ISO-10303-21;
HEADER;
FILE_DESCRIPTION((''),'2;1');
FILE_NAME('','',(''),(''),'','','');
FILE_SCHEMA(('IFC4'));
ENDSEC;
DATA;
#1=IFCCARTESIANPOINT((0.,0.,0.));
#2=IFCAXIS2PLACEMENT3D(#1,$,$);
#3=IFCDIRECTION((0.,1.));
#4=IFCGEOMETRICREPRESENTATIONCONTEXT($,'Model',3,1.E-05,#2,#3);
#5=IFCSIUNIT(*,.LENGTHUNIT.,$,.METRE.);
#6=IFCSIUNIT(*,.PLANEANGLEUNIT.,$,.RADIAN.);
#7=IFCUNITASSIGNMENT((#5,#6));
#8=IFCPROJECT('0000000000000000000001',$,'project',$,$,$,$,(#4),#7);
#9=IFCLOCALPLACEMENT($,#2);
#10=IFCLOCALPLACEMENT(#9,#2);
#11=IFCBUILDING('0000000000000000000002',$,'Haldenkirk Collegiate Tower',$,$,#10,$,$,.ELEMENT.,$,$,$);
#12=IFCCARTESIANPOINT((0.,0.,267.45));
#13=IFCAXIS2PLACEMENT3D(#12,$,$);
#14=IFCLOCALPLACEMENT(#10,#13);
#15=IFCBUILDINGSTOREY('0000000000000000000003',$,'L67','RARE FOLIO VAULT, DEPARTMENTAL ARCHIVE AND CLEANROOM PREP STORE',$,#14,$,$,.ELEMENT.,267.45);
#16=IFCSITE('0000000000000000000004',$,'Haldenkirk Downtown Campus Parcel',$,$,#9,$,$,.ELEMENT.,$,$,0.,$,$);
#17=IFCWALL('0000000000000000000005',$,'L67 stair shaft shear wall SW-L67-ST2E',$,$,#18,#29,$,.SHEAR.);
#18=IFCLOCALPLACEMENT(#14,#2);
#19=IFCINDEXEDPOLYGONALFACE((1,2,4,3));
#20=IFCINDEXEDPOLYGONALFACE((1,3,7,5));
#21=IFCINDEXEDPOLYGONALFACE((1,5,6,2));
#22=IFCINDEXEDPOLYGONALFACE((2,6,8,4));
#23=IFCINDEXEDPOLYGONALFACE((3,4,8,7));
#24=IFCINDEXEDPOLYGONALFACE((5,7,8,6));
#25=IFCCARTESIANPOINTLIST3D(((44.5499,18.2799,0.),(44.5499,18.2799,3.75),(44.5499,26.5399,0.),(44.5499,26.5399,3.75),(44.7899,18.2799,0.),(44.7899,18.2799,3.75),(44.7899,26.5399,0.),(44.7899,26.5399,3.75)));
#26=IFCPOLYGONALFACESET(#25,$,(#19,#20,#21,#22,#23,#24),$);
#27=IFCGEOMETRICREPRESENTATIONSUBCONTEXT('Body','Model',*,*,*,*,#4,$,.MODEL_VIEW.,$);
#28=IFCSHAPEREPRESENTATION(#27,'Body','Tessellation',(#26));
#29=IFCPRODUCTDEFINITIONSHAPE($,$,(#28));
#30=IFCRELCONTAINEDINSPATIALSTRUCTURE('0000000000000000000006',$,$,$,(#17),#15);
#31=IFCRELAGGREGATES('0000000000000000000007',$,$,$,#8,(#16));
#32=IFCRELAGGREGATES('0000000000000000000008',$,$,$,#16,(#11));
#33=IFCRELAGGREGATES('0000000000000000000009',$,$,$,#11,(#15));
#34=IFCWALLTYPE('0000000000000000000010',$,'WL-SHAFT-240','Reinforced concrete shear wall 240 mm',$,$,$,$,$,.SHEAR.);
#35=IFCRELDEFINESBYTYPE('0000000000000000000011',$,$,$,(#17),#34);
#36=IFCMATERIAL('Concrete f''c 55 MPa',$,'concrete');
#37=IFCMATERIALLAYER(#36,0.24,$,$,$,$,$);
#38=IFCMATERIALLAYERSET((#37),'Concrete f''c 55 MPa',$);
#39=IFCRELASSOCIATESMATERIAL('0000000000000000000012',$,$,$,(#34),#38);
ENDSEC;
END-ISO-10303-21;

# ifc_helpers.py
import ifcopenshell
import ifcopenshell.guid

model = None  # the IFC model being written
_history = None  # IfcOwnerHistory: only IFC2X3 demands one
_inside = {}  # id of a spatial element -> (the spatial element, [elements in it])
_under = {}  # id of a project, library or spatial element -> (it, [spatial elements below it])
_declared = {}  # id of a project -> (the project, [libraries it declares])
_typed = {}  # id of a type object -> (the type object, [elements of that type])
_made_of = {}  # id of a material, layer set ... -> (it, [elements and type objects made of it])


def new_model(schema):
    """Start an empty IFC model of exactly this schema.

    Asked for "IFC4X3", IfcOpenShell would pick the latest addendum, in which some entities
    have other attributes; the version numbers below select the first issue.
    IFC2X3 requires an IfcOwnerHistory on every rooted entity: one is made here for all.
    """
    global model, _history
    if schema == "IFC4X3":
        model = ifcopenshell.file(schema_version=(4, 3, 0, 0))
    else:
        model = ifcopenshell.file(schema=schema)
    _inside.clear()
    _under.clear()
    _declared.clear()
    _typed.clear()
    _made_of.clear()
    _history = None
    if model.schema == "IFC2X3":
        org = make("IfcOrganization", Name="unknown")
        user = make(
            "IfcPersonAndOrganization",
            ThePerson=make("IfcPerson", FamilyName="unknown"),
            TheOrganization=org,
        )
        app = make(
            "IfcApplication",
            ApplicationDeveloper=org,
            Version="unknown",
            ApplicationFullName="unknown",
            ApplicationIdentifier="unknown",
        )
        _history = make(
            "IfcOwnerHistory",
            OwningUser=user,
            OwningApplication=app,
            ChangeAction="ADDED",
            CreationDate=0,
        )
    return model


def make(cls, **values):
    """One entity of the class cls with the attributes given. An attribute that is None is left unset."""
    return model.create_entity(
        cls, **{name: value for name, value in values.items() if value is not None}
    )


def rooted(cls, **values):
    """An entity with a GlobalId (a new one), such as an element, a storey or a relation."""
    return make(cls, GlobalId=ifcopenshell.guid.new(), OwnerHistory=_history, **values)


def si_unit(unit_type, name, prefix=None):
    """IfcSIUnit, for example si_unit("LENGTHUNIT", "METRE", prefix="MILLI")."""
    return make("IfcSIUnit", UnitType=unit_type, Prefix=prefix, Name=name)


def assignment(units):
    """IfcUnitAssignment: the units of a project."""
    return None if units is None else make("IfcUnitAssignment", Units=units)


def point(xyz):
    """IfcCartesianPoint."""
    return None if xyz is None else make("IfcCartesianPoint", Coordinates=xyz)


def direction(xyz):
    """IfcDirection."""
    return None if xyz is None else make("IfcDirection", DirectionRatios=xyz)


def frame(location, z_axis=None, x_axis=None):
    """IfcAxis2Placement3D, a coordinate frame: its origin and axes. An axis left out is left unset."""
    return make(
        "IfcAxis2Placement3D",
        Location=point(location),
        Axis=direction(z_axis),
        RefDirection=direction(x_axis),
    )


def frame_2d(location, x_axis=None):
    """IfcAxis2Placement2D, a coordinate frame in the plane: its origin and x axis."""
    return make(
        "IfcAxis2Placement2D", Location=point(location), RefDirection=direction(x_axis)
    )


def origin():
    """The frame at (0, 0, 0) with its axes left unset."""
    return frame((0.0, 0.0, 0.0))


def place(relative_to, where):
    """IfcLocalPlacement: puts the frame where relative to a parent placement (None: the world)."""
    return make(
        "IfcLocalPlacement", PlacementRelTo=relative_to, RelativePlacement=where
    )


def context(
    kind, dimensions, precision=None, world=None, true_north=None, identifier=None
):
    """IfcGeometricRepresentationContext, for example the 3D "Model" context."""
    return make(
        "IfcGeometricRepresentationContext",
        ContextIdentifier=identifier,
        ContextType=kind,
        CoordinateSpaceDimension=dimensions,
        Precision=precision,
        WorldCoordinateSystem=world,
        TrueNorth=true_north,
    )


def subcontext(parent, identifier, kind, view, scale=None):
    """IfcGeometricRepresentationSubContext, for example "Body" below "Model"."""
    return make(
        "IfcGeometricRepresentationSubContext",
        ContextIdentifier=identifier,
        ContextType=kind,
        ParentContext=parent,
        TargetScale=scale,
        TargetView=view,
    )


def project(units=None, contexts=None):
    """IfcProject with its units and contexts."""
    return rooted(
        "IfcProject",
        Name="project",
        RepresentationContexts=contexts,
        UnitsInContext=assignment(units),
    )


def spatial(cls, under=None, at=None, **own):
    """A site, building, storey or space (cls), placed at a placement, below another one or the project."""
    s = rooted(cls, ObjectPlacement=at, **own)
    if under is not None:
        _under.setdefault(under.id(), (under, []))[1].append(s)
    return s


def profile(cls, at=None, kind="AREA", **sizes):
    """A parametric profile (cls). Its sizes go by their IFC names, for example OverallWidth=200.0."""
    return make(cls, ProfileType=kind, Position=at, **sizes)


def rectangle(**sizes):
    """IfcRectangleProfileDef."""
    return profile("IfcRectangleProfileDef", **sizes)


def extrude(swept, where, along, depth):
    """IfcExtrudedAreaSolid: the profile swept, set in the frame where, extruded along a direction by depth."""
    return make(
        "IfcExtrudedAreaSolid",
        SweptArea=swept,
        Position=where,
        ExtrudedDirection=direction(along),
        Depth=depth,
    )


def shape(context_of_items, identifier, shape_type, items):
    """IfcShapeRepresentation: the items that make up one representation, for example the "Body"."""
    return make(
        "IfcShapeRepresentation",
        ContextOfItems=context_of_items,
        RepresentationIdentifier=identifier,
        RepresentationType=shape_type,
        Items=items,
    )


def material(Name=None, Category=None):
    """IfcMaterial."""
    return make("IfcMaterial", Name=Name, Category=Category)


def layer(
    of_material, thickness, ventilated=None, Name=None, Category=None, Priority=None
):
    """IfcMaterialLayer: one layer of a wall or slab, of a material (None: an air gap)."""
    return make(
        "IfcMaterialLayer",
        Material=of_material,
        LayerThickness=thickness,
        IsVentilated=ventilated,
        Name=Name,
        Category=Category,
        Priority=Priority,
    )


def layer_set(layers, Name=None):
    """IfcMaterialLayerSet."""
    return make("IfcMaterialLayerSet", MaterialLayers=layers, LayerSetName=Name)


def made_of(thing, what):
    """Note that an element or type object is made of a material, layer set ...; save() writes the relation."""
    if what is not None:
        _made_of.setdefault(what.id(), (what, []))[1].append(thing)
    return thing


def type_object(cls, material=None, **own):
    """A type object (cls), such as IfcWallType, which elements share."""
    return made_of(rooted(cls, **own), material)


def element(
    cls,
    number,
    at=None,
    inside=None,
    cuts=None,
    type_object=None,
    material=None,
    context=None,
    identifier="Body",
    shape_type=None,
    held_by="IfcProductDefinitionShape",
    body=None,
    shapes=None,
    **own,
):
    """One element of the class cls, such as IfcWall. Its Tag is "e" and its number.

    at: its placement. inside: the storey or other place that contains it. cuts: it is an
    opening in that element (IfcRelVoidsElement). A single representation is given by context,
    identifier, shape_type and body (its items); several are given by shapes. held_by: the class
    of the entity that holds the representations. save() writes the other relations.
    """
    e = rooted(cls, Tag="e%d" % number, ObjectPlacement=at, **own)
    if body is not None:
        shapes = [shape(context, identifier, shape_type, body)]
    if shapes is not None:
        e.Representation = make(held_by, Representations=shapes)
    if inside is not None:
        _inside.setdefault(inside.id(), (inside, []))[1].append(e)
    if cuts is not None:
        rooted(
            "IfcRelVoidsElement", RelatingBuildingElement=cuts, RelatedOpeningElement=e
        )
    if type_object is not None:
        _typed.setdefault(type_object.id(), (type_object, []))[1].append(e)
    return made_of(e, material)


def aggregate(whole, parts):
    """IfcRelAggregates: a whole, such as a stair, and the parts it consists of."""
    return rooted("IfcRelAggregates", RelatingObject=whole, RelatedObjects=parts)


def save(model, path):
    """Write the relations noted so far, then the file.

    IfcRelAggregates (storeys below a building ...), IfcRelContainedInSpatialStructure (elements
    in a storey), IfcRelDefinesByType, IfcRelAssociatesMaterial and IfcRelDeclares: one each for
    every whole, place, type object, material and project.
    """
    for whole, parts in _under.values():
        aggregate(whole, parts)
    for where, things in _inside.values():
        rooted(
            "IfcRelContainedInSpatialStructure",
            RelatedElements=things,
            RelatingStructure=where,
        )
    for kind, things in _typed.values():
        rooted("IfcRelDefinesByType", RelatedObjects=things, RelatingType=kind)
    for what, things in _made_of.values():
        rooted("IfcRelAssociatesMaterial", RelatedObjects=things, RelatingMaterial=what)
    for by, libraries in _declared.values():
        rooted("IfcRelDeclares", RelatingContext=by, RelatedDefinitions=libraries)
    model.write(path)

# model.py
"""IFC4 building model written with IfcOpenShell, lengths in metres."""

from ifc_helpers import new_model, si_unit, direction, frame, frame_2d, origin, place, context, subcontext, project, spatial, rectangle, extrude, material, layer, layer_set, type_object, element, save


model = new_model("IFC4")

# Units and contexts
model_context = context("Model", 3, precision=1e-05, world=origin(), true_north=direction((0.0, 1.0)))
body_context = subcontext(model_context, "Body", "Model", "MODEL_VIEW")
ifc_project = project(units=[si_unit("LENGTHUNIT", "METRE"), si_unit("PLANEANGLEUNIT", "RADIAN")], contexts=[model_context])

# Site, building, storey
site_placement = place(None, origin())
site = spatial("IfcSite", under=ifc_project, at=site_placement, Name="Haldenkirk Downtown Campus Parcel", CompositionType="ELEMENT", RefElevation=0.0)
building_placement = place(site_placement, origin())
building = spatial("IfcBuilding", under=site, at=building_placement, Name="Haldenkirk Collegiate Tower", CompositionType="ELEMENT")
storey_placement = place(building_placement, frame((0.0, 0.0, 267.45)))
storey = spatial("IfcBuildingStorey", under=building, at=storey_placement, Name="L67", Description="RARE FOLIO VAULT, DEPARTMENTAL ARCHIVE AND CLEANROOM PREP STORE", CompositionType="ELEMENT", Elevation=267.45)

# Shared definitions
ifc_material_1 = material(Name="Concrete f'c 55 MPa", Category="concrete")

# Wall
ifc_layer_1 = layer(ifc_material_1, 0.24)
ifc_layer_set_1 = layer_set([ifc_layer_1], Name="Concrete f'c 55 MPa")
wall_type_1 = type_object("IfcWallType", Name="WL-SHAFT-240", Description="Reinforced concrete shear wall 240 mm", PredefinedType="SHEAR", material=ifc_layer_set_1)
wall_1_placement = place(storey_placement, frame((44.6699, 18.28, 0.0), z_axis=(0.0, 0.0, 1.0), x_axis=(0.0, 1.0, 0.0)))
element("IfcWall", 1, at=wall_1_placement, inside=storey, type_object=wall_type_1, Name="L67 stair shaft shear wall SW-L67-ST2E", PredefinedType="SHEAR", context=body_context, shape_type="SweptSolid", body=[
    extrude(rectangle(XDim=8.26, YDim=0.24, at=frame_2d((4.1299, 0.0))), origin(), (0.0, 0.0, 1.0), 3.75),
])

save(model, "model.ifc")
